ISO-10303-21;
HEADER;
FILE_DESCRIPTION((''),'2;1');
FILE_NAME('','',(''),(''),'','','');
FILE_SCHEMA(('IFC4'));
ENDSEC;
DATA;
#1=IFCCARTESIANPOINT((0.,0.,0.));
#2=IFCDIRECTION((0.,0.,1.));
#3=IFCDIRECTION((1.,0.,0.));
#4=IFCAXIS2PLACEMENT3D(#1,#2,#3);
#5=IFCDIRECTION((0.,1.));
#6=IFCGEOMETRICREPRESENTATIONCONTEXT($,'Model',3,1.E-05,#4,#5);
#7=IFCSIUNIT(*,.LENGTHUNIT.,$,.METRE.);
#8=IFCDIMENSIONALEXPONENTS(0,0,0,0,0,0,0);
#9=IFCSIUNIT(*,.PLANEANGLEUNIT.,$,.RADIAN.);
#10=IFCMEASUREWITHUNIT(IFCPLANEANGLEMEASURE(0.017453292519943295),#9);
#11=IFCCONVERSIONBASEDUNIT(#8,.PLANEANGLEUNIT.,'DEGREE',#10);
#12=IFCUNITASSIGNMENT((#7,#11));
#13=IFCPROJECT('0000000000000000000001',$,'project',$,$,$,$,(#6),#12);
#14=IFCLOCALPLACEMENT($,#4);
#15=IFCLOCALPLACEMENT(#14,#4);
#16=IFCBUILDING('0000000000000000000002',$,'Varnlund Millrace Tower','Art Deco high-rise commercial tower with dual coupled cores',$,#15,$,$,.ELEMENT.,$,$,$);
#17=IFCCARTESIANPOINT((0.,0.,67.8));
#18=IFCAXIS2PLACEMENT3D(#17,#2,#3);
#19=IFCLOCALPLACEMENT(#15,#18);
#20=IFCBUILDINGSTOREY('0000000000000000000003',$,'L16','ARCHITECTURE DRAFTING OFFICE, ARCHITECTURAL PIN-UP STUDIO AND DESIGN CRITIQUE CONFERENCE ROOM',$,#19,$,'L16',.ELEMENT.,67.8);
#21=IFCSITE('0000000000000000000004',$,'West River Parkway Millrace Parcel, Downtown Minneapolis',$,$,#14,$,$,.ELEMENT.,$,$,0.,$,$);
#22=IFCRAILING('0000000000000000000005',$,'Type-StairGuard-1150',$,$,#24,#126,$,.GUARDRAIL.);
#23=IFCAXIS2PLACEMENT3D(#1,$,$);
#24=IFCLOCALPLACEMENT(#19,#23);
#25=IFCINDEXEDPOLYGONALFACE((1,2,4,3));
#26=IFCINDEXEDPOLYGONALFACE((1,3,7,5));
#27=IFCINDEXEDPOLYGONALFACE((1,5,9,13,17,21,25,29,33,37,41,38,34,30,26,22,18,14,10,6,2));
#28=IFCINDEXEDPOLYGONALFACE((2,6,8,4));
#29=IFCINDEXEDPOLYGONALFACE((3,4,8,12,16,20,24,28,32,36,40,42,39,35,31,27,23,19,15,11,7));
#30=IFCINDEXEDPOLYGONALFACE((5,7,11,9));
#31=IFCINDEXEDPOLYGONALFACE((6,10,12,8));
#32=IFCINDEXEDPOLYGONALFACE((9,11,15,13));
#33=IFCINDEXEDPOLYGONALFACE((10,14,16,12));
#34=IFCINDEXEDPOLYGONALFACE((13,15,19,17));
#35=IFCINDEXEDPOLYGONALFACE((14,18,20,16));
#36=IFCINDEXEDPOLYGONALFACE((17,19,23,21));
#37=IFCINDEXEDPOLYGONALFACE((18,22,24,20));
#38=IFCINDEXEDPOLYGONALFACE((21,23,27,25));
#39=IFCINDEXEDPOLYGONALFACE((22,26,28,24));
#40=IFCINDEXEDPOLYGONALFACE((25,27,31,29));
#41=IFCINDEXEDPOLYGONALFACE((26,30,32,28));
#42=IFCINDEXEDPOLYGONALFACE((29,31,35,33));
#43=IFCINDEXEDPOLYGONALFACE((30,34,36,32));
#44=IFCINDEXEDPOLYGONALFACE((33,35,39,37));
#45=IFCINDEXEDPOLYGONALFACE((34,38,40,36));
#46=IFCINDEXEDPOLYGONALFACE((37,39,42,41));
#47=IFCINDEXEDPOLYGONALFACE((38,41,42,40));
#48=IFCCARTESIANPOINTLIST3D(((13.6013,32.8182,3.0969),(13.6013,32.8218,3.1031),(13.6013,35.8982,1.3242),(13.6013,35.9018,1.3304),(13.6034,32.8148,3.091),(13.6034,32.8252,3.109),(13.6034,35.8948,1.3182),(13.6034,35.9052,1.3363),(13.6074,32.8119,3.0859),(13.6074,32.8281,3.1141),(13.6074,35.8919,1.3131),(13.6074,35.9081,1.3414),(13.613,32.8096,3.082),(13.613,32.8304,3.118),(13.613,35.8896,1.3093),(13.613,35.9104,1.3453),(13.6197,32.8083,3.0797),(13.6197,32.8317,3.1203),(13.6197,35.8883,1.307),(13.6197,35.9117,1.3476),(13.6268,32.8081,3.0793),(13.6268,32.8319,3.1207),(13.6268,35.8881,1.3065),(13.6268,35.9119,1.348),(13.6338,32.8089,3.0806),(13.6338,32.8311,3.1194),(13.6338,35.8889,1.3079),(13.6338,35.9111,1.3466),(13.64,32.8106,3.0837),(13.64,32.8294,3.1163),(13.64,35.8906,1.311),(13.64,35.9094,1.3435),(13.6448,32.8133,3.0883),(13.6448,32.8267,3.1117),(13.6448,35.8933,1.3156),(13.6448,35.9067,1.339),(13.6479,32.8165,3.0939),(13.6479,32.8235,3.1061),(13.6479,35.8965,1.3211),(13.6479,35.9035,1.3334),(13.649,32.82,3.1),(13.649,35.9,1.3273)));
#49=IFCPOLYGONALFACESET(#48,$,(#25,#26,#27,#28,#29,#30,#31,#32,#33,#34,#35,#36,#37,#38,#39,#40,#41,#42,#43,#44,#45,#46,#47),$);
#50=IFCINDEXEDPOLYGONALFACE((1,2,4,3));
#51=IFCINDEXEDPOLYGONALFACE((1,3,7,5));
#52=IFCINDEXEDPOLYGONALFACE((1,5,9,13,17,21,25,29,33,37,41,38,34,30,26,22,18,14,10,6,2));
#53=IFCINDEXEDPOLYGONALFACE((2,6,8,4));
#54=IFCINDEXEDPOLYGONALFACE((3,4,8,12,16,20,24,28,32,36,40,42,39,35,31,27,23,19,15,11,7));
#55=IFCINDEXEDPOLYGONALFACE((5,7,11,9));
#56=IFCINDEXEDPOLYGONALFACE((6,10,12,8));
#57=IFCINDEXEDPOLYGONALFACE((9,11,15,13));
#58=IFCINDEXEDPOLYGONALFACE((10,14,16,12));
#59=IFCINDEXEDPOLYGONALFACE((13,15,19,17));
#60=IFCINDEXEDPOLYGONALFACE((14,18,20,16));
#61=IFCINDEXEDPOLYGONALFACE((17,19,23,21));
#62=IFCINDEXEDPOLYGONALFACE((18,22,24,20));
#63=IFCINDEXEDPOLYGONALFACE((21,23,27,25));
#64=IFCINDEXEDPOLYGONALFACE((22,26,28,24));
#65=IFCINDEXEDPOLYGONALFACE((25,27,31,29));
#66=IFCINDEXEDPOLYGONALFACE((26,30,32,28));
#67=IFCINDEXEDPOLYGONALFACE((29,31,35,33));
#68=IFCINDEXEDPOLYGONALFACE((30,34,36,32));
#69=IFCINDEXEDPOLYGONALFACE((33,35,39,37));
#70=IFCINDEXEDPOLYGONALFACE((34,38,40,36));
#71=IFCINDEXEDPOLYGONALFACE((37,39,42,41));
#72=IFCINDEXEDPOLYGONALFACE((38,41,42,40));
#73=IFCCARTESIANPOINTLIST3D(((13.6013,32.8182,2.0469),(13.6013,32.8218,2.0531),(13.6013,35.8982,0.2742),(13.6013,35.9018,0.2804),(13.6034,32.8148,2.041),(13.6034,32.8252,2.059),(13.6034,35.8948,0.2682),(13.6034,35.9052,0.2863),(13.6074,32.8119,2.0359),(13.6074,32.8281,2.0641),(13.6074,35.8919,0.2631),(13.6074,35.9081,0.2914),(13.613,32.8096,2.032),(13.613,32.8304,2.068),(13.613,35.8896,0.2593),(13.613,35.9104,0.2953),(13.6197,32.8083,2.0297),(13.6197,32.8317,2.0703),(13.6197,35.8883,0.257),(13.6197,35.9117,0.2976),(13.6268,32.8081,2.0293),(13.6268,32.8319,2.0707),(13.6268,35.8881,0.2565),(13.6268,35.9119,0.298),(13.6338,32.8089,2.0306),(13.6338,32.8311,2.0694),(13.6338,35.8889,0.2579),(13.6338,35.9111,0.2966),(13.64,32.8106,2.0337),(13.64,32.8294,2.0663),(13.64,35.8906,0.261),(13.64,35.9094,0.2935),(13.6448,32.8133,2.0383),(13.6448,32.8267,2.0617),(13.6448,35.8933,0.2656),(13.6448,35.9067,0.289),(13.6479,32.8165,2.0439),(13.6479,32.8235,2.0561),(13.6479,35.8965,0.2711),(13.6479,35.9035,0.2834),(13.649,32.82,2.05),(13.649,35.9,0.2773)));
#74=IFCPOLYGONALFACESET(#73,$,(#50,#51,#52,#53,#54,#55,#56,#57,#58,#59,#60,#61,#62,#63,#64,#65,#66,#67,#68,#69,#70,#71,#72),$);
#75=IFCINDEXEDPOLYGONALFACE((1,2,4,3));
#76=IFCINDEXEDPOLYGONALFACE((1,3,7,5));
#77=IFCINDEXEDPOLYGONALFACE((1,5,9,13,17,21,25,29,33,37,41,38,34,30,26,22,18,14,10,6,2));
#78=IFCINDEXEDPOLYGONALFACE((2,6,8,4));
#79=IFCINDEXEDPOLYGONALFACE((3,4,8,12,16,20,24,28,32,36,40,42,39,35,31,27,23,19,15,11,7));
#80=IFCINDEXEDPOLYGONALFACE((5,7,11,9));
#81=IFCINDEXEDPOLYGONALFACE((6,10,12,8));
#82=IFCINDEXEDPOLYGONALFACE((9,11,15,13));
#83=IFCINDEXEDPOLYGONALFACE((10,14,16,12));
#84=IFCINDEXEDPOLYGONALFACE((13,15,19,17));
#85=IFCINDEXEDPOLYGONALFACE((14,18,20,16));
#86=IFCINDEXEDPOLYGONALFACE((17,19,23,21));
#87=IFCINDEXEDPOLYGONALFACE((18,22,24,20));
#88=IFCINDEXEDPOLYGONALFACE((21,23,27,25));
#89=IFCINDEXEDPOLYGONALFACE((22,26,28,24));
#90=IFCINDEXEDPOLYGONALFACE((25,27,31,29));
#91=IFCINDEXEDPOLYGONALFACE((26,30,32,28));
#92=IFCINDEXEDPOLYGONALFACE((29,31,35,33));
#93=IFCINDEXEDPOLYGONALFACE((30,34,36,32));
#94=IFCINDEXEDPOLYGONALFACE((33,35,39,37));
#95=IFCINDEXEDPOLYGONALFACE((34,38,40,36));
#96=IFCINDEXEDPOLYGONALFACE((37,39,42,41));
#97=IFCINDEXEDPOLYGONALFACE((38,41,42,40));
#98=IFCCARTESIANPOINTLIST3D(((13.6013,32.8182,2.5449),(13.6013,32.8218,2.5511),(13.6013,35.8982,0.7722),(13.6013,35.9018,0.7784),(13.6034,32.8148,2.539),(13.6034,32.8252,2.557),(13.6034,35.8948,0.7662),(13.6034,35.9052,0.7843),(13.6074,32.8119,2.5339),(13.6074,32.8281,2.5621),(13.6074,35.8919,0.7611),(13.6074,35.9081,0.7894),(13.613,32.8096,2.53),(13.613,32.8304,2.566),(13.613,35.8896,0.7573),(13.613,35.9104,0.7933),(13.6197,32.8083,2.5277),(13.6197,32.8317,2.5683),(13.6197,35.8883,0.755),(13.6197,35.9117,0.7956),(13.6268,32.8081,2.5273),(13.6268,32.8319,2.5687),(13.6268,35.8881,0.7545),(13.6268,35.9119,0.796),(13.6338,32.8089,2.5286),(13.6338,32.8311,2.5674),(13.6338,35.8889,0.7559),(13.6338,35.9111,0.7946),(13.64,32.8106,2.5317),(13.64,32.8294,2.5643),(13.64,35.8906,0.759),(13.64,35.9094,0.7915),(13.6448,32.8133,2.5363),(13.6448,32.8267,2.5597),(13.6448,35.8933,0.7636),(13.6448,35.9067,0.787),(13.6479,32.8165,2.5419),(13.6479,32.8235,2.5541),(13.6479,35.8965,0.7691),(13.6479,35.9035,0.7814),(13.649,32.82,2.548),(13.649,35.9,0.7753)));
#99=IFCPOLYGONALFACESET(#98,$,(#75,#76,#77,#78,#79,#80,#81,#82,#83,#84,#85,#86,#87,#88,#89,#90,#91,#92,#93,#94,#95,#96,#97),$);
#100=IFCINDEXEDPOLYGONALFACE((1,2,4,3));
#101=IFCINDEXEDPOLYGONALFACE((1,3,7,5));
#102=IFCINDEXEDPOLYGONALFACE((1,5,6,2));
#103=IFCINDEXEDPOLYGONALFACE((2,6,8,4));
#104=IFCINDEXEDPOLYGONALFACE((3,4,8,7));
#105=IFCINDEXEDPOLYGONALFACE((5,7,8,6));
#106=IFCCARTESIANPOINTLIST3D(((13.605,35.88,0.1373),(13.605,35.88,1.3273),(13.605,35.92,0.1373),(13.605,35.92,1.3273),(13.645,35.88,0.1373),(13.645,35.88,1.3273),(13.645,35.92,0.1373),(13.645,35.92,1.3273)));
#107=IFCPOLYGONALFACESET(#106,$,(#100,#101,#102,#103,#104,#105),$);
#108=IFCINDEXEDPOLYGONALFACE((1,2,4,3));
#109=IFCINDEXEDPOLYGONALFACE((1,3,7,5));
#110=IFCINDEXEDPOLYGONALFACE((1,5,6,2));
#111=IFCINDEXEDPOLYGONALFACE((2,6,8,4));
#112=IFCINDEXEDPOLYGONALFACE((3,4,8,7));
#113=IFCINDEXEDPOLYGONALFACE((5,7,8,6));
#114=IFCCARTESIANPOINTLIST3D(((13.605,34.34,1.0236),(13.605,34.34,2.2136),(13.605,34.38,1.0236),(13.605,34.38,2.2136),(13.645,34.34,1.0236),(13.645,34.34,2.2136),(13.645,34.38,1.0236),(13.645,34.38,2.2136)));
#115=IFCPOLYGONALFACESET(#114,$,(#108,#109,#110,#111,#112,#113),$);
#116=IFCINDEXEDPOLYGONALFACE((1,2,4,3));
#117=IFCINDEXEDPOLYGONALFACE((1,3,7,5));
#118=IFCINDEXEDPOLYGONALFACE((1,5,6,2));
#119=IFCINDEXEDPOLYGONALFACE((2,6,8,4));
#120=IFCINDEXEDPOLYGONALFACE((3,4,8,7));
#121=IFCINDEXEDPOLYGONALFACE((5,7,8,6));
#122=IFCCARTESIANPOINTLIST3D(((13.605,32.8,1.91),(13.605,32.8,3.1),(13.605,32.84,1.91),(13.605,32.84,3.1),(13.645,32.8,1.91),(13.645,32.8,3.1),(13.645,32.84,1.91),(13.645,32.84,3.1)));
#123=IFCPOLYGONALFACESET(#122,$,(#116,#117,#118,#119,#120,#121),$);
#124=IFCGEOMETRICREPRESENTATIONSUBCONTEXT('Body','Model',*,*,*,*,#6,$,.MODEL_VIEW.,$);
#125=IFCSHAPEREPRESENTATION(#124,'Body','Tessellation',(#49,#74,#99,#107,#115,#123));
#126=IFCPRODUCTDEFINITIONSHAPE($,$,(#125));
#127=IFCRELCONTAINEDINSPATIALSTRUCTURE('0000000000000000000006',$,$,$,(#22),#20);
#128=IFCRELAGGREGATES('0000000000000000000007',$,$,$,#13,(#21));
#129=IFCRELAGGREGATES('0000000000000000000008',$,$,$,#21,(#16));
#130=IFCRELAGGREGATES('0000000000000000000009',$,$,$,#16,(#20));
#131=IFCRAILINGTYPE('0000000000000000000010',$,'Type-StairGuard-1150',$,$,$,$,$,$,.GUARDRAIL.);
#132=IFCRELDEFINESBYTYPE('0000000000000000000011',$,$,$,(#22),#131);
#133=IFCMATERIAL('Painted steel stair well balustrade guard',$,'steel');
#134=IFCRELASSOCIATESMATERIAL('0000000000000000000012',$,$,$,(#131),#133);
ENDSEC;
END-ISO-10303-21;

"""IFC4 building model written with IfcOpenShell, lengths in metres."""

from ifc_helpers import new_model, entity, si_unit, converted_unit, direction, frame, origin_with_axes, origin_2d_with_axis, place, context, subcontext, project, spatial, rectangle, circle, extrude, material, type_object, element, save


model = new_model("IFC4")

# Units and contexts
model_context = context("Model", 3, precision=1e-05, world=origin_with_axes(), true_north=direction((0.0, 1.0)))
body_context = subcontext(model_context, "Body", "Model", "MODEL_VIEW")
ifc_project = project(units=[si_unit("LENGTHUNIT", "METRE"), converted_unit("PLANEANGLEUNIT", "DEGREE", entity("IfcPlaneAngleMeasure", 0.017453292519943295), si_unit("PLANEANGLEUNIT", "RADIAN"), dimensions=[0, 0, 0, 0, 0, 0, 0])], contexts=[model_context])

# Site, building, storey
site_placement = place(None, origin_with_axes())
site = spatial("IfcSite", under=ifc_project, at=site_placement, Name="West River Parkway Millrace Parcel, Downtown Minneapolis", CompositionType="ELEMENT", RefElevation=0.0)
building_placement = place(site_placement, origin_with_axes())
building = spatial("IfcBuilding", under=site, at=building_placement, Name="Varnlund Millrace Tower", Description="Art Deco high-rise commercial tower with dual coupled cores", CompositionType="ELEMENT")
storey_placement = place(building_placement, frame((0.0, 0.0, 67.8), z_axis=(0.0, 0.0, 1.0), x_axis=(1.0, 0.0, 0.0)))
storey = spatial("IfcBuildingStorey", under=building, at=storey_placement, Name="L16", Description="ARCHITECTURE DRAFTING OFFICE, ARCHITECTURAL PIN-UP STUDIO AND DESIGN CRITIQUE CONFERENCE ROOM", LongName="L16", CompositionType="ELEMENT", Elevation=67.8)

# Railing
ifc_material_1 = material(Name="Painted steel stair well balustrade guard", Category="steel")
railing_type_1 = type_object("IfcRailingType", Name="Type-StairGuard-1150", PredefinedType="GUARDRAIL", material=ifc_material_1)
railing_1_placement = place(storey_placement, frame((0.0, 0.0, -67.8), z_axis=(0.0, 0.0, 1.0), x_axis=(1.0, 0.0, 0.0)))
element("IfcRailing", 1, at=railing_1_placement, inside=storey, type_object=railing_type_1, Name="Type-StairGuard-1150", PredefinedType="GUARDRAIL", context=body_context, shape_type="SweptSolid", body=[
    extrude(circle(Radius=0.024, at=origin_2d_with_axis()), frame((13.625, 35.9, 69.1273), z_axis=(0.0, -0.866696, 0.498836), x_axis=(1.0, 0.0, 0.0)), (0.0, 0.0, 1.0), 3.5537),
    extrude(circle(Radius=0.024, at=origin_2d_with_axis()), frame((13.625, 35.9, 68.0773), z_axis=(0.0, -0.866696, 0.498836), x_axis=(1.0, 0.0, 0.0)), (0.0, 0.0, 1.0), 3.5537),
    extrude(circle(Radius=0.024, at=origin_2d_with_axis()), frame((13.625, 35.9, 68.5753), z_axis=(0.0, -0.866696, 0.498836), x_axis=(1.0, 0.0, 0.0)), (0.0, 0.0, 1.0), 3.5537),
    extrude(rectangle(XDim=0.04, YDim=0.04, at=origin_2d_with_axis()), frame((13.625, 35.9, 67.9373), z_axis=(0.0, 0.0, 1.0), x_axis=(1.0, 0.0, 0.0)), (0.0, 0.0, 1.0), 1.19),
    extrude(rectangle(XDim=0.04, YDim=0.04, at=origin_2d_with_axis()), frame((13.625, 34.36, 68.8236), z_axis=(0.0, 0.0, 1.0), x_axis=(1.0, 0.0, 0.0)), (0.0, 0.0, 1.0), 1.19),
    extrude(rectangle(XDim=0.04, YDim=0.04, at=origin_2d_with_axis()), frame((13.625, 32.82, 69.71), z_axis=(0.0, 0.0, 1.0), x_axis=(1.0, 0.0, 0.0)), (0.0, 0.0, 1.0), 1.19),
])

save(model, "model.ifc")
